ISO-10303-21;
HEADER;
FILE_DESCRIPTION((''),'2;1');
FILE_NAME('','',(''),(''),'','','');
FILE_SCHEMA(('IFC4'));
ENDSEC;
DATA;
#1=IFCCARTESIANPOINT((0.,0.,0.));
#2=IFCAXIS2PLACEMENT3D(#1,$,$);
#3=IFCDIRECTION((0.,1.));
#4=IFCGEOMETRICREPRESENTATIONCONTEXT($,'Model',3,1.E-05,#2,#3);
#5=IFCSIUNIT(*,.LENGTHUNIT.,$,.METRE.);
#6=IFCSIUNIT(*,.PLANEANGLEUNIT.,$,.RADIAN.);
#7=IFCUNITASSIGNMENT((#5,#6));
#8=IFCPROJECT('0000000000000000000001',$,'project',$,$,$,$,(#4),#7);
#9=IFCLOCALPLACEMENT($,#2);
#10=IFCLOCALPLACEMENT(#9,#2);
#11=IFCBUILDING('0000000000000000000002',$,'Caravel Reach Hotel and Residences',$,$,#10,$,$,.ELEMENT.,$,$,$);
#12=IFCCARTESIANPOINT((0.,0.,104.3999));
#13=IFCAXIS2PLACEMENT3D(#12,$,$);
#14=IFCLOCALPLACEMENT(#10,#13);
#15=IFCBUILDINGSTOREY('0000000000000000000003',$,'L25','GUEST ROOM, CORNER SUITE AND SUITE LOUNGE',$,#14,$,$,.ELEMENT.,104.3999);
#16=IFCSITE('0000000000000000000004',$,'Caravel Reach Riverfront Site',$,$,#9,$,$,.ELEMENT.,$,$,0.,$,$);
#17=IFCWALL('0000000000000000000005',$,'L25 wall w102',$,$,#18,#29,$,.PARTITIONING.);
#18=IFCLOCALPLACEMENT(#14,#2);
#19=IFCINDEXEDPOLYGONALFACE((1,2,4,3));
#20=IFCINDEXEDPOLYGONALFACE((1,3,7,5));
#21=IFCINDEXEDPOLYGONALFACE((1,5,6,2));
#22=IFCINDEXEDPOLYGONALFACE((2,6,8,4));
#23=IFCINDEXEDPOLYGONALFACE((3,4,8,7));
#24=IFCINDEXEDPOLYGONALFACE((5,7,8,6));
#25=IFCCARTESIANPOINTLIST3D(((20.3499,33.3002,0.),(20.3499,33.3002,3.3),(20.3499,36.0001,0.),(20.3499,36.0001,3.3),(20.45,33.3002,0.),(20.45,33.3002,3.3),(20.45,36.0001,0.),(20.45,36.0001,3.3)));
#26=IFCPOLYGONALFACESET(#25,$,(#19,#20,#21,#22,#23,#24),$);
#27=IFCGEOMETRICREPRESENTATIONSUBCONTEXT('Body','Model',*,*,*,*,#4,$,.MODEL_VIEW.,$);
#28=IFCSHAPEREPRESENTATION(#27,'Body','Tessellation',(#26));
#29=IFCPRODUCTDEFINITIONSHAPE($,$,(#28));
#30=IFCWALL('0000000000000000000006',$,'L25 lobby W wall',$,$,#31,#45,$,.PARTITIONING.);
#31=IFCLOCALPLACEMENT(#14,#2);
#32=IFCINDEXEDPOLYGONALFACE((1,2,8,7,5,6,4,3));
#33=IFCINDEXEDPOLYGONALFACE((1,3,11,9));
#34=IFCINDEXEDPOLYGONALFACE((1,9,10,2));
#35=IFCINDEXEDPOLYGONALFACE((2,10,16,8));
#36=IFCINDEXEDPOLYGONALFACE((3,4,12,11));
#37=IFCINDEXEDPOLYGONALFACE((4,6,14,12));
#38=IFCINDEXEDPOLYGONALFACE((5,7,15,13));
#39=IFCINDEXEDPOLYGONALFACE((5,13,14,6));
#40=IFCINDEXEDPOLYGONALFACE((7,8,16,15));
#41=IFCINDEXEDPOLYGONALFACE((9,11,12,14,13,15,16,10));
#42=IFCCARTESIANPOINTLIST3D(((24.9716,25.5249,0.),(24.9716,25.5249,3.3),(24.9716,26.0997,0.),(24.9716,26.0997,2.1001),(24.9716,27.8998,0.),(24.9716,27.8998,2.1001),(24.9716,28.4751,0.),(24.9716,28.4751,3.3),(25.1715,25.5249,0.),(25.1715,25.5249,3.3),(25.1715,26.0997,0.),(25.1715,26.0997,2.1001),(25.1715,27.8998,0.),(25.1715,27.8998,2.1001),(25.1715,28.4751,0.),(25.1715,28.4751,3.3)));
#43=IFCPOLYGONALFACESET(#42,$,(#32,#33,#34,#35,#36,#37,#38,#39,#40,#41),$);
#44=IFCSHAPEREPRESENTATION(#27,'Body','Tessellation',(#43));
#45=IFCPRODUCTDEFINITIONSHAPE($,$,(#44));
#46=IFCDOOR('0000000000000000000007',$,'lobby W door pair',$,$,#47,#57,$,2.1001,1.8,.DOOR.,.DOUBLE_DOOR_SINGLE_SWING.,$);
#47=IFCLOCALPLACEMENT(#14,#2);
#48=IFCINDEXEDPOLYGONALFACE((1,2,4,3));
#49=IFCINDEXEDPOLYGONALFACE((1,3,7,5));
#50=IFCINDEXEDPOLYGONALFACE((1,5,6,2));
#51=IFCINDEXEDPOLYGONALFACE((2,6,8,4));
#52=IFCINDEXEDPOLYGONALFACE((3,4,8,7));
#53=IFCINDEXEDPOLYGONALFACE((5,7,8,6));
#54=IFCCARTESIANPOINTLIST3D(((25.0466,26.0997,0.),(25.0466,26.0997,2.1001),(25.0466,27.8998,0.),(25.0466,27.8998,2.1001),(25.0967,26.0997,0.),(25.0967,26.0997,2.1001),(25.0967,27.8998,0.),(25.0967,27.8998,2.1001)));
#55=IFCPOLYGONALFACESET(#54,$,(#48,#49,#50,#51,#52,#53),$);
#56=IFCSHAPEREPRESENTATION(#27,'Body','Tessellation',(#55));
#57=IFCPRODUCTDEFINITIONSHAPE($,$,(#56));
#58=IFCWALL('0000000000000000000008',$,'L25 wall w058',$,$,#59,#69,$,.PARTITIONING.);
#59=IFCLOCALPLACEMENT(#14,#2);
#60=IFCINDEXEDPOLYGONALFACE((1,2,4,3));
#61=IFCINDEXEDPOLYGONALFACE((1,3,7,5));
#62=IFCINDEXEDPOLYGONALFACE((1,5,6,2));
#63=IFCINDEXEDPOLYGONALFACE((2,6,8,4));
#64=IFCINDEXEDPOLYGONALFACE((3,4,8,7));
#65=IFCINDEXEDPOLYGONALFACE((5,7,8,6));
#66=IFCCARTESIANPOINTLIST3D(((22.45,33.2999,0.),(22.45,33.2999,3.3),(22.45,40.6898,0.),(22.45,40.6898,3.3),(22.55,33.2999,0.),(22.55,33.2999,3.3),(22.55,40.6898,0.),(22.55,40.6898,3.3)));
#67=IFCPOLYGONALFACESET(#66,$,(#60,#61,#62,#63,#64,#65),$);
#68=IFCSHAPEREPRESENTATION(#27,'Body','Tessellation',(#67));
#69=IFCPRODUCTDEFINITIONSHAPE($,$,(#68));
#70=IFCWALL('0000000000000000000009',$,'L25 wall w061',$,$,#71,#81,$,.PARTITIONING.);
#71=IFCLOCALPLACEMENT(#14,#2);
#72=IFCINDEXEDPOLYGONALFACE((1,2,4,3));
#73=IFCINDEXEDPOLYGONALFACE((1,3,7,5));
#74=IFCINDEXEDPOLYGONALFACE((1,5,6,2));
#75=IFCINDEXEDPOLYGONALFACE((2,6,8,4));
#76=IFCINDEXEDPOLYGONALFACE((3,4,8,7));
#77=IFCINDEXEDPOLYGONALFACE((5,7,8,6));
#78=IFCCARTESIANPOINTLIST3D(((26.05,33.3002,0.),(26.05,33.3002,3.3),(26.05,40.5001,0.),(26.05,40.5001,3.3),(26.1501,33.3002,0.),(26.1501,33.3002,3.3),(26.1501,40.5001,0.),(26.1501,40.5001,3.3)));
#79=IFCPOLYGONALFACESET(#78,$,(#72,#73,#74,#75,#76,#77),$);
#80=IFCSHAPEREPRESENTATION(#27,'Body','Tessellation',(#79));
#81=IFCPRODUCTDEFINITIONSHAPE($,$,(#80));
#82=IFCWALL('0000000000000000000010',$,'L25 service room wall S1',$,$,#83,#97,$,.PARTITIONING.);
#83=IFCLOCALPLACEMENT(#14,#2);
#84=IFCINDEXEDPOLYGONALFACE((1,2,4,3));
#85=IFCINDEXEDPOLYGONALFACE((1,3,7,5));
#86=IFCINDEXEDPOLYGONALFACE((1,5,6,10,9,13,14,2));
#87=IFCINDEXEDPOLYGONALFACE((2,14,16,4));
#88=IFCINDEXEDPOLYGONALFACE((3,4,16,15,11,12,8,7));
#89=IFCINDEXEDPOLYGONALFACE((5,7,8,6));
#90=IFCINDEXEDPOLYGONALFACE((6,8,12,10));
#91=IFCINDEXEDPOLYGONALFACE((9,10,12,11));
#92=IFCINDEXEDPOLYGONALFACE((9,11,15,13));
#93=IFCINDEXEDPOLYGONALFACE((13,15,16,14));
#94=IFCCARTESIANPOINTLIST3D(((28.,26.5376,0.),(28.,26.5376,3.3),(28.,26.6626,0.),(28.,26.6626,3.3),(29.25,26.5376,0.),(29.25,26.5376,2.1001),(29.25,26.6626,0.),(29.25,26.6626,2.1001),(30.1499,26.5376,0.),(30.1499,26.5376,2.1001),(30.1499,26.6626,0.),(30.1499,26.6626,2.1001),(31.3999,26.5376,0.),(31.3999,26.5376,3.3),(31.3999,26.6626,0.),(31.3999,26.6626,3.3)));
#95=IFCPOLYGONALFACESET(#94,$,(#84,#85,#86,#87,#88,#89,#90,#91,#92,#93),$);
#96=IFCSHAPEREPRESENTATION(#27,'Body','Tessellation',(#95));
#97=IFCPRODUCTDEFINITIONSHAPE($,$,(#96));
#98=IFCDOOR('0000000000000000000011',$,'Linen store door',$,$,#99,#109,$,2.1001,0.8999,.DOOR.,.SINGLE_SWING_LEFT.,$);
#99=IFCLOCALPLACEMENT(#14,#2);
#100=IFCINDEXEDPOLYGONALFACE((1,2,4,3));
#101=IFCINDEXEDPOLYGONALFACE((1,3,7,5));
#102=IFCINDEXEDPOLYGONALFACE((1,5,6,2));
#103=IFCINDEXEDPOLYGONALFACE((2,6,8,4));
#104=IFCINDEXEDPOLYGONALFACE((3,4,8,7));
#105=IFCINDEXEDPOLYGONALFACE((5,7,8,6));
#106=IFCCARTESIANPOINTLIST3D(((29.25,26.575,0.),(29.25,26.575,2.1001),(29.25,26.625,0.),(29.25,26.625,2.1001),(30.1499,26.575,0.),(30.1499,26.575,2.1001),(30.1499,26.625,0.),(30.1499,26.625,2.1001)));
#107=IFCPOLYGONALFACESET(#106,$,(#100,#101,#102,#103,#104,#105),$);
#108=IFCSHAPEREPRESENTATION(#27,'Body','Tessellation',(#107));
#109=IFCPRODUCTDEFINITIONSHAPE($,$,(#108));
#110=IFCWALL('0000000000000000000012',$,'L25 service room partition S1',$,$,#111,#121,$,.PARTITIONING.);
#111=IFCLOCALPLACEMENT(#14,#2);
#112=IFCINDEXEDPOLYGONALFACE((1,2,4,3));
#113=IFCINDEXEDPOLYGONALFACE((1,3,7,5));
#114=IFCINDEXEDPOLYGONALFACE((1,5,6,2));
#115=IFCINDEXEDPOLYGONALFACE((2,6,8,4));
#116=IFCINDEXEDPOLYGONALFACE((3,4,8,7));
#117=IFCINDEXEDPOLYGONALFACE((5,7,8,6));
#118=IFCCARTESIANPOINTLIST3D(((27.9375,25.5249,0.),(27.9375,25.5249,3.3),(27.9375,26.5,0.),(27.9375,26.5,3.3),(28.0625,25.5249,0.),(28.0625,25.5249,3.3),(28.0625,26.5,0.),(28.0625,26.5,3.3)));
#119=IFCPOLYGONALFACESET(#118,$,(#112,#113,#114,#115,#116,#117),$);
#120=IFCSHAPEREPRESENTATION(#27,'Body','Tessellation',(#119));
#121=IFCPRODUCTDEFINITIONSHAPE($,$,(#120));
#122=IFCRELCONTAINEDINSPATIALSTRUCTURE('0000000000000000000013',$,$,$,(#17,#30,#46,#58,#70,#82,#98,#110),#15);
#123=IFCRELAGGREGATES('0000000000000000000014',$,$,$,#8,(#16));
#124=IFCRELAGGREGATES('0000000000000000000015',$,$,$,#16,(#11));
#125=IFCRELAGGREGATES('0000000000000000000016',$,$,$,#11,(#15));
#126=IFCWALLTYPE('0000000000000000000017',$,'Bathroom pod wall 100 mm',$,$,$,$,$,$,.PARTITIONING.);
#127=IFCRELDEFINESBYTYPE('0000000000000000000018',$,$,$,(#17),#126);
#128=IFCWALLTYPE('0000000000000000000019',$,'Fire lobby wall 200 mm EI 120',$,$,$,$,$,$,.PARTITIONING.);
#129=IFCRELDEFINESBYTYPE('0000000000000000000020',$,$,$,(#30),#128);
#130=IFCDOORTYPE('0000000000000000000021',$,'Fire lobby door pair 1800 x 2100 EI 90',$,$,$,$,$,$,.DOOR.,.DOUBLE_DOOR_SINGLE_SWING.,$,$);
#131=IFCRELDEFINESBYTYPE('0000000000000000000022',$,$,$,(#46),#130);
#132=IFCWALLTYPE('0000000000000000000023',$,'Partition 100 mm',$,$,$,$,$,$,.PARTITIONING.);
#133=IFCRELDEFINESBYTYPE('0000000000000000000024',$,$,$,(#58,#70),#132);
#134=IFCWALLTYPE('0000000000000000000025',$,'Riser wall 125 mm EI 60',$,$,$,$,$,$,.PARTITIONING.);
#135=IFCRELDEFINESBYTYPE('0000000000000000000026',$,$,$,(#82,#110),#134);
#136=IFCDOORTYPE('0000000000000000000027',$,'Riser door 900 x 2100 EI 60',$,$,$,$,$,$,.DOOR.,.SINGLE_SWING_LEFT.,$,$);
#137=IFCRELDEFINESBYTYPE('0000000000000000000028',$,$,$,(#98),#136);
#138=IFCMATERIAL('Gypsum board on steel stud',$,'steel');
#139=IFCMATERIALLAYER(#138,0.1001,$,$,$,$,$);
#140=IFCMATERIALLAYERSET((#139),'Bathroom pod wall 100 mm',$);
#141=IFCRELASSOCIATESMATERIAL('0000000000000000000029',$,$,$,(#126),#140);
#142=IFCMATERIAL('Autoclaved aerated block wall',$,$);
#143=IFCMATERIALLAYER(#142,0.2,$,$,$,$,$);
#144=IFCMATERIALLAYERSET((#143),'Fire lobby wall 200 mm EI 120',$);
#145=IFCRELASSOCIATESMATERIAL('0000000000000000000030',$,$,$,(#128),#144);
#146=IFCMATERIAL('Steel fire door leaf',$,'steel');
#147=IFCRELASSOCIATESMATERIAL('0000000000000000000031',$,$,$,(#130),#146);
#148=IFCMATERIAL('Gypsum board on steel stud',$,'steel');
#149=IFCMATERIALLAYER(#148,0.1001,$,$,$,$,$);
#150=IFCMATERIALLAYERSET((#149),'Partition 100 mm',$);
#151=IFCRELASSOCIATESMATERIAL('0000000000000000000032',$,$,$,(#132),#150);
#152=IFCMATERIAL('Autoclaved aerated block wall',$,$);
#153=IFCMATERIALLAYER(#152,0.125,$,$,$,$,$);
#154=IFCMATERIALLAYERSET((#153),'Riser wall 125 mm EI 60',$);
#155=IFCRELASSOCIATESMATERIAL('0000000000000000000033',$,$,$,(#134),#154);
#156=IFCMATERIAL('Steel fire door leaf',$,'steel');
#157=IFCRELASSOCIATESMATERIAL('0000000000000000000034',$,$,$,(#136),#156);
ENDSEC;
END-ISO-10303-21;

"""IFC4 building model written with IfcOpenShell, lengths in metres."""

from ifc_helpers import new_model, si_unit, direction, frame, frame_2d, origin, place, context, subcontext, project, spatial, rectangle, extrude, material, layer, layer_set, type_object, element, fill, save


model = new_model("IFC4")

# Units and contexts
model_context = context("Model", 3, precision=1e-05, world=origin(), true_north=direction((0.0, 1.0)))
body_context = subcontext(model_context, "Body", "Model", "MODEL_VIEW")
ifc_project = project(units=[si_unit("LENGTHUNIT", "METRE"), si_unit("PLANEANGLEUNIT", "RADIAN")], contexts=[model_context])

# Site, building, storey
site_placement = place(None, origin())
site = spatial("IfcSite", under=ifc_project, at=site_placement, Name="Caravel Reach Riverfront Site", CompositionType="ELEMENT", RefElevation=0.0)
building_placement = place(site_placement, origin())
building = spatial("IfcBuilding", under=site, at=building_placement, Name="Caravel Reach Hotel and Residences", CompositionType="ELEMENT")
storey_placement = place(building_placement, frame((0.0, 0.0, 104.3999)))
storey = spatial("IfcBuildingStorey", under=building, at=storey_placement, Name="L25", Description="GUEST ROOM, CORNER SUITE AND SUITE LOUNGE", CompositionType="ELEMENT", Elevation=104.3999)

# Wall
ifc_material_1 = material(Name="Gypsum board on steel stud", Category="steel")
ifc_layer_1 = layer(ifc_material_1, 0.1001)
ifc_layer_set_1 = layer_set([ifc_layer_1], Name="Bathroom pod wall 100 mm")
wall_type_1 = type_object("IfcWallType", Name="Bathroom pod wall 100 mm", PredefinedType="PARTITIONING", material=ifc_layer_set_1)
wall_1_placement = place(storey_placement, frame((20.3999, 33.3, 0.0), z_axis=(0.0, 0.0, 1.0), x_axis=(0.0, 1.0, 0.0)))
element("IfcWall", 1, at=wall_1_placement, inside=storey, type_object=wall_type_1, Name="L25 wall w102", PredefinedType="PARTITIONING", context=body_context, shape_type="SweptSolid", body=[
    extrude(rectangle(XDim=2.7, YDim=0.1001, at=frame_2d((1.3501, 0.0))), origin(), (0.0, 0.0, 1.0), 3.3),
])

# Wall, opening, door
ifc_material_2 = material(Name="Autoclaved aerated block wall")
ifc_layer_2 = layer(ifc_material_2, 0.2)
ifc_layer_set_2 = layer_set([ifc_layer_2], Name="Fire lobby wall 200 mm EI 120")
wall_type_2 = type_object("IfcWallType", Name="Fire lobby wall 200 mm EI 120", PredefinedType="PARTITIONING", material=ifc_layer_set_2)
wall_2_placement = place(storey_placement, frame((25.0715, 25.5249, 0.0), z_axis=(0.0, 0.0, 1.0), x_axis=(0.0, 1.0, 0.0)))
wall_2 = element("IfcWall", 2, at=wall_2_placement, inside=storey, type_object=wall_type_2, Name="L25 lobby W wall", PredefinedType="PARTITIONING", context=body_context, shape_type="SweptSolid", body=[
    extrude(rectangle(XDim=2.9502, YDim=0.2, at=frame_2d((1.4751, 0.0))), origin(), (0.0, 0.0, 1.0), 3.3),
])
opening_1_placement = place(wall_2_placement, frame((0.575, 0.0, 0.0)))
opening_1 = element("IfcOpeningElement", 3, at=opening_1_placement, cuts=wall_2, PredefinedType="OPENING", context=body_context, shape_type="SweptSolid", body=[
    extrude(rectangle(XDim=1.8, YDim=2.1001, at=frame_2d((0.8999, 1.05))), frame((0.0, 0.1099, 0.0), z_axis=(0.0, -1.0, 0.0), x_axis=(1.0, 0.0, 0.0)), (0.0, 0.0, 1.0), 0.22),
])
ifc_material_3 = material(Name="Steel fire door leaf", Category="steel")
door_type_1 = type_object("IfcDoorType", Name="Fire lobby door pair 1800 x 2100 EI 90", OperationType="DOUBLE_DOOR_SINGLE_SWING", PredefinedType="DOOR", material=ifc_material_3)
door_1_placement = place(opening_1_placement, origin())
door_1 = element("IfcDoor", 4, at=door_1_placement, inside=storey, type_object=door_type_1, Name="lobby W door pair", OperationType="DOUBLE_DOOR_SINGLE_SWING", OverallHeight=2.1001, OverallWidth=1.8, PredefinedType="DOOR", context=body_context, shape_type="SweptSolid", body=[
    extrude(rectangle(XDim=1.8, YDim=2.1001, at=frame_2d((0.8999, 1.05))), frame((0.0, 0.0249, 0.0), z_axis=(0.0, -1.0, 0.0), x_axis=(1.0, 0.0, 0.0)), (0.0, 0.0, 1.0), 0.05),
])
fill(opening_1, door_1)

# Walls
ifc_material_4 = material(Name="Gypsum board on steel stud", Category="steel")
ifc_layer_3 = layer(ifc_material_4, 0.1001)
ifc_layer_set_3 = layer_set([ifc_layer_3], Name="Partition 100 mm")
wall_type_3 = type_object("IfcWallType", Name="Partition 100 mm", PredefinedType="PARTITIONING", material=ifc_layer_set_3)
wall_3_placement = place(storey_placement, frame((22.5, 33.3, 0.0), z_axis=(0.0, 0.0, 1.0), x_axis=(0.0, 1.0, 0.0)))
element("IfcWall", 5, at=wall_3_placement, inside=storey, type_object=wall_type_3, Name="L25 wall w058", PredefinedType="PARTITIONING", context=body_context, shape_type="SweptSolid", body=[
    extrude(rectangle(XDim=7.3899, YDim=0.1001, at=frame_2d((3.6948, 0.0))), origin(), (0.0, 0.0, 1.0), 3.3),
])
wall_4_placement = place(storey_placement, frame((26.1001, 33.3, 0.0), z_axis=(0.0, 0.0, 1.0), x_axis=(0.0, 1.0, 0.0)))
element("IfcWall", 6, at=wall_4_placement, inside=storey, type_object=wall_type_3, Name="L25 wall w061", PredefinedType="PARTITIONING", context=body_context, shape_type="SweptSolid", body=[
    extrude(rectangle(XDim=7.2, YDim=0.1001, at=frame_2d((3.6001, 0.0))), origin(), (0.0, 0.0, 1.0), 3.3),
])

# Wall, opening, door
ifc_material_5 = material(Name="Autoclaved aerated block wall")
ifc_layer_4 = layer(ifc_material_5, 0.125)
ifc_layer_set_4 = layer_set([ifc_layer_4], Name="Riser wall 125 mm EI 60")
wall_type_4 = type_object("IfcWallType", Name="Riser wall 125 mm EI 60", PredefinedType="PARTITIONING", material=ifc_layer_set_4)
wall_5_placement = place(storey_placement, frame((28.0, 26.6001, 0.0), z_axis=(0.0, 0.0, 1.0), x_axis=(1.0, 0.0, 0.0)))
wall_5 = element("IfcWall", 7, at=wall_5_placement, inside=storey, type_object=wall_type_4, Name="L25 service room wall S1", PredefinedType="PARTITIONING", context=body_context, shape_type="SweptSolid", body=[
    extrude(rectangle(XDim=3.3999, YDim=0.125, at=frame_2d((1.7, 0.0))), origin(), (0.0, 0.0, 1.0), 3.3),
])
opening_2_placement = place(wall_5_placement, frame((1.25, 0.0, 0.0)))
opening_2 = element("IfcOpeningElement", 8, at=opening_2_placement, cuts=wall_5, PredefinedType="OPENING", context=body_context, shape_type="SweptSolid", body=[
    extrude(rectangle(XDim=0.8999, YDim=2.1001, at=frame_2d((0.45, 1.05))), frame((0.0, 0.0725, 0.0), z_axis=(0.0, -1.0, 0.0), x_axis=(1.0, 0.0, 0.0)), (0.0, 0.0, 1.0), 0.145),
])
ifc_material_6 = material(Name="Steel fire door leaf", Category="steel")
door_type_2 = type_object("IfcDoorType", Name="Riser door 900 x 2100 EI 60", OperationType="SINGLE_SWING_LEFT", PredefinedType="DOOR", material=ifc_material_6)
door_2_placement = place(opening_2_placement, origin())
door_2 = element("IfcDoor", 9, at=door_2_placement, inside=storey, type_object=door_type_2, Name="Linen store door", OperationType="SINGLE_SWING_LEFT", OverallHeight=2.1001, OverallWidth=0.8999, PredefinedType="DOOR", context=body_context, shape_type="SweptSolid", body=[
    extrude(rectangle(XDim=0.8999, YDim=2.1001, at=frame_2d((0.45, 1.05))), frame((0.0, 0.0249, 0.0), z_axis=(0.0, -1.0, 0.0), x_axis=(1.0, 0.0, 0.0)), (0.0, 0.0, 1.0), 0.05),
])
fill(opening_2, door_2)

# Wall
wall_6_placement = place(storey_placement, frame((28.0, 25.5249, 0.0), z_axis=(0.0, 0.0, 1.0), x_axis=(0.0, 1.0, 0.0)))
element("IfcWall", 10, at=wall_6_placement, inside=storey, type_object=wall_type_4, Name="L25 service room partition S1", PredefinedType="PARTITIONING", context=body_context, shape_type="SweptSolid", body=[
    extrude(rectangle(XDim=0.9751, YDim=0.125, at=frame_2d((0.4875, 0.0))), origin(), (0.0, 0.0, 1.0), 3.3),
])

save(model, "model.ifc")
